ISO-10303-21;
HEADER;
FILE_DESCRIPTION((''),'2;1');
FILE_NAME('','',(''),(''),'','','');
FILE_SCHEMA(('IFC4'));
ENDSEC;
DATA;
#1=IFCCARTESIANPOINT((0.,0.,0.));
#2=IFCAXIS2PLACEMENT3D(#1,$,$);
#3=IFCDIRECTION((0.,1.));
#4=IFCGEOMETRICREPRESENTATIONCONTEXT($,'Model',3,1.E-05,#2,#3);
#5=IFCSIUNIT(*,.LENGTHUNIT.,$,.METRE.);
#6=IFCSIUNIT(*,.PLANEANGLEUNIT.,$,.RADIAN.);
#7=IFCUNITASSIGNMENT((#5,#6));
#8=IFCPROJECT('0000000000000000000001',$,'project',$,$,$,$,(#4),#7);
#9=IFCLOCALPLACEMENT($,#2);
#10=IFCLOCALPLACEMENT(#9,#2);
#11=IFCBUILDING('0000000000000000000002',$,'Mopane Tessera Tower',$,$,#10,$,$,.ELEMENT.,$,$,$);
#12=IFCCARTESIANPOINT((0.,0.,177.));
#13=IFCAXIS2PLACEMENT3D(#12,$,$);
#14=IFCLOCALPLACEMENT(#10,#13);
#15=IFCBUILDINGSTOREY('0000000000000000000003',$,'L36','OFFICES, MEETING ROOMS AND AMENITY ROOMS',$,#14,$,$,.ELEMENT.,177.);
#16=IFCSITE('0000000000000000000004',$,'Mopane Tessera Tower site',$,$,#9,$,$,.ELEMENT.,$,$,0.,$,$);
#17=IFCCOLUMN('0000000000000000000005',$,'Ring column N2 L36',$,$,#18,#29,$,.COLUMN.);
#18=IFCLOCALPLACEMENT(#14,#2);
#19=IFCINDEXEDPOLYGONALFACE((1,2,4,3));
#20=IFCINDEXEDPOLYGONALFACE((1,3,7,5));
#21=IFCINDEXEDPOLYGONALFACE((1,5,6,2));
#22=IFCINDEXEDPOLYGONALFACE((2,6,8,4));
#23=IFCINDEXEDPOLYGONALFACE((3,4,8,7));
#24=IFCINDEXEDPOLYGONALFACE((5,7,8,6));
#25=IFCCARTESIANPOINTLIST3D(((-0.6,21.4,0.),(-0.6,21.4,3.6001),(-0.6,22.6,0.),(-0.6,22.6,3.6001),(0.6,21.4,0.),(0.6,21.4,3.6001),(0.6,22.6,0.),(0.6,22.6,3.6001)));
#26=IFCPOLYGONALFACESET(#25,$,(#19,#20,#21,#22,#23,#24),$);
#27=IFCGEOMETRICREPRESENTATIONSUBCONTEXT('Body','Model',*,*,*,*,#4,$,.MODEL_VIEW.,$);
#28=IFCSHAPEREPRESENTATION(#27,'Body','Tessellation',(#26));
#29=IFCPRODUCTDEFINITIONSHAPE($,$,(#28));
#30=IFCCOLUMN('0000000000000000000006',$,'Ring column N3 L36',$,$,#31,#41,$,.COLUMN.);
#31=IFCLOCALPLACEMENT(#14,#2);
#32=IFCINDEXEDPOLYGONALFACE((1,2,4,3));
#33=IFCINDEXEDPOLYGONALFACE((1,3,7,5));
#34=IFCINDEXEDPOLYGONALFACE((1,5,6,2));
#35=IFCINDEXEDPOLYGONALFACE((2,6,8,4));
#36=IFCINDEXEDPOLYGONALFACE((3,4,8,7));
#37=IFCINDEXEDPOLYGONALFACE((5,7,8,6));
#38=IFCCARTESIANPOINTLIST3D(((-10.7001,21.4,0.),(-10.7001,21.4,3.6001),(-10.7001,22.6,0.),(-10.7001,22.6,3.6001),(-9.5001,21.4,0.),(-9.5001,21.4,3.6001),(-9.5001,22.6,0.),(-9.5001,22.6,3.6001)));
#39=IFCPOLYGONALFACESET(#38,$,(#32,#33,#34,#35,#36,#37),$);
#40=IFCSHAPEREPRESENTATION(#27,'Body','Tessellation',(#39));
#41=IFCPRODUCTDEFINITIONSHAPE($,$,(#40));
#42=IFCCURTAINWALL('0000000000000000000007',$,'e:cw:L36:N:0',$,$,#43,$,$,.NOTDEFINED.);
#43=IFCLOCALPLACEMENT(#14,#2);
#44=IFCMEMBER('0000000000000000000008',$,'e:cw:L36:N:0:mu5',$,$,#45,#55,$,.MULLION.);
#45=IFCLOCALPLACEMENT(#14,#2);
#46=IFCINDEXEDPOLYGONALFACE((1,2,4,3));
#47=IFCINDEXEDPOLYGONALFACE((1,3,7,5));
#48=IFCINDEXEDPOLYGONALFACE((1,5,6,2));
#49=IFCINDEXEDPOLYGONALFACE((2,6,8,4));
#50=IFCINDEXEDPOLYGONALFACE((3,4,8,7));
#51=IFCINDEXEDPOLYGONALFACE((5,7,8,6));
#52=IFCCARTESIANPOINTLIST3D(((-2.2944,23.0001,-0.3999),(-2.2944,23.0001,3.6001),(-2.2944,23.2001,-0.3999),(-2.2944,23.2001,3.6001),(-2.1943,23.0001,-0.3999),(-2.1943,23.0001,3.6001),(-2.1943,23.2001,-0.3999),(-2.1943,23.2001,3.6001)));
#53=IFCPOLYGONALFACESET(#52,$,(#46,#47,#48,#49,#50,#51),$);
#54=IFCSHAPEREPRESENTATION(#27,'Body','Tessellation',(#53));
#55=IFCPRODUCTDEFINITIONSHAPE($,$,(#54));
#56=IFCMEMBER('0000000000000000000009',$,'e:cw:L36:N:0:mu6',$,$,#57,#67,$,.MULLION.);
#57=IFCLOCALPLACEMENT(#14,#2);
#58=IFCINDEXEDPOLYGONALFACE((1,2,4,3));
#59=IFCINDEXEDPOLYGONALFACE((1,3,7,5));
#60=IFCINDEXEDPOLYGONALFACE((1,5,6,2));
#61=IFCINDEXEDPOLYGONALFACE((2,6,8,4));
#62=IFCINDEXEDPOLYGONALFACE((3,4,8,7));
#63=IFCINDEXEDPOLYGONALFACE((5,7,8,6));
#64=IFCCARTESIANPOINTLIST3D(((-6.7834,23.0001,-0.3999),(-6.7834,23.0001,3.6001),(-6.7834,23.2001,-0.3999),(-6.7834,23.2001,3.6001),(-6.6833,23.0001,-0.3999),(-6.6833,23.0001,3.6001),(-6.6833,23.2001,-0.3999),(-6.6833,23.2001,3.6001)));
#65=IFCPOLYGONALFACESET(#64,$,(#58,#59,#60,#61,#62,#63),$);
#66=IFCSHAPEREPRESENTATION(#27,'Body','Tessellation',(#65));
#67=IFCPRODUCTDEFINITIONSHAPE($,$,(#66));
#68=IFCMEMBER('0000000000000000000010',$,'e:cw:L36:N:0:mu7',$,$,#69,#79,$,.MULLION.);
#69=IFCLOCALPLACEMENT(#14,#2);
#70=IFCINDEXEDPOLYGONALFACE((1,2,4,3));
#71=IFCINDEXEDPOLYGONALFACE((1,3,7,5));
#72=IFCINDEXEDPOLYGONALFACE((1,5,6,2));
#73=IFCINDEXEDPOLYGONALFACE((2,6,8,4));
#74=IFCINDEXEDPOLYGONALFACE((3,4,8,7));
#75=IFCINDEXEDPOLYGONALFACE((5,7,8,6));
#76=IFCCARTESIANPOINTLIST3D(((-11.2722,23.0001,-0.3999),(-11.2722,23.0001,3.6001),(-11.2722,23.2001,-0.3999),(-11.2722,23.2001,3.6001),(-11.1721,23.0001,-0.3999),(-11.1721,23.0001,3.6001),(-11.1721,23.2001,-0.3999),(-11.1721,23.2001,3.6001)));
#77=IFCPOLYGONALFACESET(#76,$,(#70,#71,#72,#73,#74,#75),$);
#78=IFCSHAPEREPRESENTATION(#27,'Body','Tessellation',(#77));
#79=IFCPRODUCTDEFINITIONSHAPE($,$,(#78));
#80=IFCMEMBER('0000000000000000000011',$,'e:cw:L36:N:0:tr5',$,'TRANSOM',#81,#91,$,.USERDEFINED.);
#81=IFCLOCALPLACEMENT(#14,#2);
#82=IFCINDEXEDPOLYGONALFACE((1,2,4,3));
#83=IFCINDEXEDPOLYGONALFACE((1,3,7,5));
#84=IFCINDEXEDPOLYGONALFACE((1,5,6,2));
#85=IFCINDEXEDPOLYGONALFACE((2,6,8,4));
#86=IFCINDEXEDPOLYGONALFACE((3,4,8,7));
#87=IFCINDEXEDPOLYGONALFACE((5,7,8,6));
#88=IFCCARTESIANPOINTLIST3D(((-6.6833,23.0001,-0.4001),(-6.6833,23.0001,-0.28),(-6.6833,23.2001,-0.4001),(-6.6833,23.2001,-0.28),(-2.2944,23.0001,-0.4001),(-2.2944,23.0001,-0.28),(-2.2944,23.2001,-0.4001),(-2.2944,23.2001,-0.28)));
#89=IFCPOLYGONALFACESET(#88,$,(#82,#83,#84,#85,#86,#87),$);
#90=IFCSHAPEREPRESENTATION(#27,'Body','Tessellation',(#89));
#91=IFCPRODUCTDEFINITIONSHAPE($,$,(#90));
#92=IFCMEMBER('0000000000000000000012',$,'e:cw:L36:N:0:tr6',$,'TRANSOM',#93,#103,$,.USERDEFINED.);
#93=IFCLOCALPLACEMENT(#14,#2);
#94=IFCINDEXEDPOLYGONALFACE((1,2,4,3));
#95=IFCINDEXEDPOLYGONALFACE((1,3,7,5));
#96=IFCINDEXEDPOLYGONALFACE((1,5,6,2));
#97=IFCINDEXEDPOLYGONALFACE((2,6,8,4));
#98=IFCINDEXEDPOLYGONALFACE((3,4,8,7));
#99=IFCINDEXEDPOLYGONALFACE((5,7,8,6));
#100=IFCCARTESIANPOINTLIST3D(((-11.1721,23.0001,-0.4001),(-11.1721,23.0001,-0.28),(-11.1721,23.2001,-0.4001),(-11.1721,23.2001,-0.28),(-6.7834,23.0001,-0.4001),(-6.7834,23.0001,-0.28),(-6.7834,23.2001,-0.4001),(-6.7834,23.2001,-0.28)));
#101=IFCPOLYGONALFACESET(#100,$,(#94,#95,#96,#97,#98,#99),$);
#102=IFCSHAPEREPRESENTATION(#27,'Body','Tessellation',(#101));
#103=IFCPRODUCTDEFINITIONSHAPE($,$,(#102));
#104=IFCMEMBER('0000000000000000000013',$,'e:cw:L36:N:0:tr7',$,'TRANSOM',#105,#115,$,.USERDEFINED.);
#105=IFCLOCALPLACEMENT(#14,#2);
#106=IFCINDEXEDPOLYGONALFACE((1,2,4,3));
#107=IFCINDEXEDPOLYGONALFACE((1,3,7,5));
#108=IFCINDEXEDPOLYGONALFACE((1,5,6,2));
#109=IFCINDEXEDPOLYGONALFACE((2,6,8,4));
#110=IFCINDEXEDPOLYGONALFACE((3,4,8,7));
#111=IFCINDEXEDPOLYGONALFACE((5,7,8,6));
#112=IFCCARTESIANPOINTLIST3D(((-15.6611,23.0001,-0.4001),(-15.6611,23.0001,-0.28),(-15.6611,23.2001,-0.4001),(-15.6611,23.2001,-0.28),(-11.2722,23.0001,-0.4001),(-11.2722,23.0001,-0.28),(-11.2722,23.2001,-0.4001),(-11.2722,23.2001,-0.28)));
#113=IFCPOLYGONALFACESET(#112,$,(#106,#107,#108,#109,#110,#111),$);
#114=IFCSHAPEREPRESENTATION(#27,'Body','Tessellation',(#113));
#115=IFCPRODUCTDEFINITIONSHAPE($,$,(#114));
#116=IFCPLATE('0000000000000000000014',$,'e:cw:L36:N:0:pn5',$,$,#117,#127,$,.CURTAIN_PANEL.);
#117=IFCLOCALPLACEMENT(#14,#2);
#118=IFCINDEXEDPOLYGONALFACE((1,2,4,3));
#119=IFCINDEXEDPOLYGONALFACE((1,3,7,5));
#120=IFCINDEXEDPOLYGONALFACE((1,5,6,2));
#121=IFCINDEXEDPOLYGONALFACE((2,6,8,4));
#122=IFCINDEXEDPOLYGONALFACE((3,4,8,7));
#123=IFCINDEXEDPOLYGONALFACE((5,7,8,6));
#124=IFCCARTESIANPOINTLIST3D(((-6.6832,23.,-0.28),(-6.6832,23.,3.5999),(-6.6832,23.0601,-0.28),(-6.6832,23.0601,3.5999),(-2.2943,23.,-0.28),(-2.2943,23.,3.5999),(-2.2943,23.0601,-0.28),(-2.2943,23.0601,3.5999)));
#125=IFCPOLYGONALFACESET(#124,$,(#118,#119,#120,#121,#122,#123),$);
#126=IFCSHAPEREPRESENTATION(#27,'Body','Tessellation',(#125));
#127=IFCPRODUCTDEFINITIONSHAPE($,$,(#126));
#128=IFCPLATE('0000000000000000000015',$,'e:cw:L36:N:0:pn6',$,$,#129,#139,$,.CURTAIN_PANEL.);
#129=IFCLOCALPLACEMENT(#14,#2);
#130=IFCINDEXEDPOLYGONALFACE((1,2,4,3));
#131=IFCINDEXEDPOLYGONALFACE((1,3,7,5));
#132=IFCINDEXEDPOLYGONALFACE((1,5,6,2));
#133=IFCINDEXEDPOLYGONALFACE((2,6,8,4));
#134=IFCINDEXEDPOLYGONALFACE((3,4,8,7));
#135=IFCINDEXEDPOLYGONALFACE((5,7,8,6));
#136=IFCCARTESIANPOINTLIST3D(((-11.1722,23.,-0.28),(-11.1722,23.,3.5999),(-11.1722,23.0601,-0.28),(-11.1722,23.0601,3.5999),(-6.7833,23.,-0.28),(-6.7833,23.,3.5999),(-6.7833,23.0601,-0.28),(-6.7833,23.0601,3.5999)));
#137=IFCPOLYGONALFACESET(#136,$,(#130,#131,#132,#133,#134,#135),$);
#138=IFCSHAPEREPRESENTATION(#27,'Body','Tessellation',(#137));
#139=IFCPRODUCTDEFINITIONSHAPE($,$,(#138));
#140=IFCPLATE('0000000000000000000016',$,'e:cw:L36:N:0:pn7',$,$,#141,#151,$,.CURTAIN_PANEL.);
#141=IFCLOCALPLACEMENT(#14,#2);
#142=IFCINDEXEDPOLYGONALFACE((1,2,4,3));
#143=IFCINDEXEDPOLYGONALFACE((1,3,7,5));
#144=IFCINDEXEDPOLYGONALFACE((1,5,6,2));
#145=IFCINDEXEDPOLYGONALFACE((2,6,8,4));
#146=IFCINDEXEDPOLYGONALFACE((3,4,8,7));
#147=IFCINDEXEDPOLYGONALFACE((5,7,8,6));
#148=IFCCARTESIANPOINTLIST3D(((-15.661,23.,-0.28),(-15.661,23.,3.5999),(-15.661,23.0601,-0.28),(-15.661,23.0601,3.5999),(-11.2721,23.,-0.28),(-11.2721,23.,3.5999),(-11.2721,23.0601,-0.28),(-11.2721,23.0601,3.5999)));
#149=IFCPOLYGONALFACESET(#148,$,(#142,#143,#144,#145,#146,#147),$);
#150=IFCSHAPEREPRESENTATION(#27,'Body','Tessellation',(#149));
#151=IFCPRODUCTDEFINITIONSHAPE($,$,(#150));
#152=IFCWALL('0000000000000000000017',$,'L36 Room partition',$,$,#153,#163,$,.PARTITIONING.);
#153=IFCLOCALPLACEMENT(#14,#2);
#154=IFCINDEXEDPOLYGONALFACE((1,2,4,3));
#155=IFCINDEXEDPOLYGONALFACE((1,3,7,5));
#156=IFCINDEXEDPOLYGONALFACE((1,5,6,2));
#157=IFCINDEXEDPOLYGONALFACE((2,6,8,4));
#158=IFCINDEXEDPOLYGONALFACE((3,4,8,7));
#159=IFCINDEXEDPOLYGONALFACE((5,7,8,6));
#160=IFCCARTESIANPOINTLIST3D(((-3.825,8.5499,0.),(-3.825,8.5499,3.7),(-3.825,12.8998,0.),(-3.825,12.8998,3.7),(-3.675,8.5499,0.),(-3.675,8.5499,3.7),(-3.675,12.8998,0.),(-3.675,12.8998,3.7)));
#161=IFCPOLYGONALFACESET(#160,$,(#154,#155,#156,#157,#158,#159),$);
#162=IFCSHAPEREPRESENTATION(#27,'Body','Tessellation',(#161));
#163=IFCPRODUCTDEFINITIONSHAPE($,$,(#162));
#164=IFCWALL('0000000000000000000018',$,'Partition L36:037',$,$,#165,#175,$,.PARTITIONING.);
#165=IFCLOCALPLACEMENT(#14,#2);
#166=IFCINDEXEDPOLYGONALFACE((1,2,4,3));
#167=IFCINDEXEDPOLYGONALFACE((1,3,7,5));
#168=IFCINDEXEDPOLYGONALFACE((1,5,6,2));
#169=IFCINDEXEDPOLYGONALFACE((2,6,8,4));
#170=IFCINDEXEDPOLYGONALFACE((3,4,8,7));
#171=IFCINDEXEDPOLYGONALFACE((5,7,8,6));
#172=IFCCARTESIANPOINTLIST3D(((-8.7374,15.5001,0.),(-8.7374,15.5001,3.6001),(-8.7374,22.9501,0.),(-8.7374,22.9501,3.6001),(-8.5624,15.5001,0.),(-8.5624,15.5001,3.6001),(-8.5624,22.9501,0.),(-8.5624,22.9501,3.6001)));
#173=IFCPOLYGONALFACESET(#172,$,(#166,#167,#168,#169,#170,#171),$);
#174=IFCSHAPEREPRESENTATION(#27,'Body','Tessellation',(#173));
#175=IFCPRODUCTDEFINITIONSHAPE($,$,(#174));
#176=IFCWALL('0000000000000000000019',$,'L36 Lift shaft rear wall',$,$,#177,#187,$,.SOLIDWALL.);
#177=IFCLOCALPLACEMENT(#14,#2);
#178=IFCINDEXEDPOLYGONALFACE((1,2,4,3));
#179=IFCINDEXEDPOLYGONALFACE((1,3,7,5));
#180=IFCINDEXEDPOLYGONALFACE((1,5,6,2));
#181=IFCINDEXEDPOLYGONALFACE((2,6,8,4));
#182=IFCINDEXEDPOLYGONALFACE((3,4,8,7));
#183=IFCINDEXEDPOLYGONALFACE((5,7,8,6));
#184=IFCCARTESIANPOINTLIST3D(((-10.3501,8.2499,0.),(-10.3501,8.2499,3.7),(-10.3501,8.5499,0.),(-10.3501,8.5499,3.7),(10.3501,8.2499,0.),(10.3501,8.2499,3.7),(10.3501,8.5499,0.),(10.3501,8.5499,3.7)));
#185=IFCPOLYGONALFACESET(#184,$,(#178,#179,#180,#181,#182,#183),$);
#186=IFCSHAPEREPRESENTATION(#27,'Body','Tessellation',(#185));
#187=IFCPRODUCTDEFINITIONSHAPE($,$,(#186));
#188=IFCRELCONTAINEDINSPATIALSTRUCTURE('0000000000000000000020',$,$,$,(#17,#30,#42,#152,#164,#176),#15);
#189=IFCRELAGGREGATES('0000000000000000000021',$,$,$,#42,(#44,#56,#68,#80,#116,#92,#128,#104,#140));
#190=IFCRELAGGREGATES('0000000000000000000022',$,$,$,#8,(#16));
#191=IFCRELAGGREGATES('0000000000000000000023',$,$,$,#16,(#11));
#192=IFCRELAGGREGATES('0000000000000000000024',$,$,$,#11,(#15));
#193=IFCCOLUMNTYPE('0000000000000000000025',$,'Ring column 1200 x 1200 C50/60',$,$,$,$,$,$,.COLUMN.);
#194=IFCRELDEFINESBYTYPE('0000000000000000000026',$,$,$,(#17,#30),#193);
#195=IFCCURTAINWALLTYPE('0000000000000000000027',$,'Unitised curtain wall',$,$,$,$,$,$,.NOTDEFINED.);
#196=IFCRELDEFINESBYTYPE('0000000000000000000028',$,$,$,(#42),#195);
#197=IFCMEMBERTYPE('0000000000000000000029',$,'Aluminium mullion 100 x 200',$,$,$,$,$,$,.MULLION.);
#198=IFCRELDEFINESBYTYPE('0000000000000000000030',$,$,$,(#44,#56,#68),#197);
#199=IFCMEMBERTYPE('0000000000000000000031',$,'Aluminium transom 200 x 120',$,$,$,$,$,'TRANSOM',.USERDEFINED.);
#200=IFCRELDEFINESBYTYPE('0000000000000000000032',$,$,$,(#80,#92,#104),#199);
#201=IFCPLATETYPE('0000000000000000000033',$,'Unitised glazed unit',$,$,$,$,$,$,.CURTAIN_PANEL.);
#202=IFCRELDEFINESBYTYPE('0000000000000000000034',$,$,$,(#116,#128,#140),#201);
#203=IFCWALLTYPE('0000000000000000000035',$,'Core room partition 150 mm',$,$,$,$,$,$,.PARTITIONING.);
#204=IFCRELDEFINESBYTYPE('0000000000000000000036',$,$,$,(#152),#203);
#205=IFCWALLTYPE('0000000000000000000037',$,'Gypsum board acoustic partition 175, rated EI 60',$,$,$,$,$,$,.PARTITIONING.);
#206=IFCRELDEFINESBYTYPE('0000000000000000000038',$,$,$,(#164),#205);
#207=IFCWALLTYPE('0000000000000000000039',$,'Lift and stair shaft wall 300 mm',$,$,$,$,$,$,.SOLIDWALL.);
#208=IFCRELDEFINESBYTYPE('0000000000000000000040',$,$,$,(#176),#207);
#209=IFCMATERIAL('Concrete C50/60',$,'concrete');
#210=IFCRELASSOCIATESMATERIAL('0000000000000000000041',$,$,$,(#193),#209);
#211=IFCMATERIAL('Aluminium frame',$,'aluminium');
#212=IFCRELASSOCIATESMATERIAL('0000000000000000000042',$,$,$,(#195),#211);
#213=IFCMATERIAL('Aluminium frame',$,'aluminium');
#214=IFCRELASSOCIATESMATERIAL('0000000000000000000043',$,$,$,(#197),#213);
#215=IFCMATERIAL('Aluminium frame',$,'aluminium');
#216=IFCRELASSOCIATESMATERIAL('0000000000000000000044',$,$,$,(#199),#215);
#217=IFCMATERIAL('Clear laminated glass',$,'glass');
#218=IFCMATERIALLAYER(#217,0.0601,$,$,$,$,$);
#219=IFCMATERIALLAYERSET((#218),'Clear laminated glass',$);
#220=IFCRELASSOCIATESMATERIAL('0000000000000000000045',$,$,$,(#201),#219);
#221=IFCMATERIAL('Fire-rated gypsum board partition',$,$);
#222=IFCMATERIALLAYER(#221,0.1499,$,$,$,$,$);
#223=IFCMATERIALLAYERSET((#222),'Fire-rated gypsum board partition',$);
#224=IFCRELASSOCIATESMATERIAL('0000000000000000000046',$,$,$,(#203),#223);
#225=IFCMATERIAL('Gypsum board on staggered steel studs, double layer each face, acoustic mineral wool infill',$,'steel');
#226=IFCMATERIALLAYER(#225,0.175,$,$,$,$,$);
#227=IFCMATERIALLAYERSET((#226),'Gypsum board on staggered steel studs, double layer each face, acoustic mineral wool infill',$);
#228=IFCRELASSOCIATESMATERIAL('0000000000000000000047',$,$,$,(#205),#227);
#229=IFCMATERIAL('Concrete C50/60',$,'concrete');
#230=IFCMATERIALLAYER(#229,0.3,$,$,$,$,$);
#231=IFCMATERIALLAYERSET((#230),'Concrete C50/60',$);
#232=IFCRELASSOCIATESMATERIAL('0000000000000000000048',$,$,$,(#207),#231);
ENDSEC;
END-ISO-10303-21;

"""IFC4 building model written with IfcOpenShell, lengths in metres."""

from ifc_helpers import new_model, si_unit, direction, frame, frame_2d, origin, origin_2d, place, context, subcontext, project, spatial, rectangle, extrude, material, layer, layer_set, material_profile, profile_set, type_object, element, aggregate, save


model = new_model("IFC4")

# Units and contexts
model_context = context("Model", 3, precision=1e-05, world=origin(), true_north=direction((0.0, 1.0)))
body_context = subcontext(model_context, "Body", "Model", "MODEL_VIEW")
ifc_project = project(units=[si_unit("LENGTHUNIT", "METRE"), si_unit("PLANEANGLEUNIT", "RADIAN")], contexts=[model_context])

# Site, building, storey
site_placement = place(None, origin())
site = spatial("IfcSite", under=ifc_project, at=site_placement, Name="Mopane Tessera Tower site", CompositionType="ELEMENT", RefElevation=0.0)
building_placement = place(site_placement, origin())
building = spatial("IfcBuilding", under=site, at=building_placement, Name="Mopane Tessera Tower", CompositionType="ELEMENT")
storey_placement = place(building_placement, frame((0.0, 0.0, 177.0)))
storey = spatial("IfcBuildingStorey", under=building, at=storey_placement, Name="L36", Description="OFFICES, MEETING ROOMS AND AMENITY ROOMS", CompositionType="ELEMENT", Elevation=177.0)

# Columns
ifc_material_1 = material(Name="Concrete C50/60", Category="concrete")
ifc_material_profile_1 = material_profile(ifc_material_1, rectangle(XDim=1.2, YDim=1.2, at=origin_2d()))
ifc_profile_set_1 = profile_set([ifc_material_profile_1], Name="Concrete C50/60")
column_type = type_object("IfcColumnType", Name="Ring column 1200 x 1200 C50/60", PredefinedType="COLUMN", material=ifc_profile_set_1)
for number, where, z_axis, x_axis, name in (
    (1, (0.0, 22.0, 0.0), (0.0, 0.0, 1.0), (1.0, 0.0, 0.0), "Ring column N2 L36"),
    (2, (-10.1001, 22.0, 0.0), (0.0, 0.0, 1.0), (1.0, 0.0, 0.0), "Ring column N3 L36"),
):
    element("IfcColumn", number, at=place(storey_placement, frame(where, z_axis=z_axis, x_axis=x_axis)), inside=storey, type_object=column_type, Name=name, PredefinedType="COLUMN", context=body_context, shape_type="SweptSolid", body=[
        extrude(rectangle(XDim=1.2, YDim=1.2, at=origin_2d()), origin(), (0.0, 0.0, 1.0), 3.6001),
    ])

# Curtain wall, members, plates
ifc_material_2 = material(Name="Aluminium frame", Category="aluminium")
curtain_wall_type = type_object("IfcCurtainWallType", Name="Unitised curtain wall", PredefinedType="NOTDEFINED", material=ifc_material_2)
curtain_wall_placement = place(storey_placement, origin())
curtain_wall = element("IfcCurtainWall", 3, at=curtain_wall_placement, inside=storey, type_object=curtain_wall_type, Name="e:cw:L36:N:0", PredefinedType="NOTDEFINED")
ifc_material_3 = material(Name="Aluminium frame", Category="aluminium")
ifc_material_profile_2 = material_profile(ifc_material_3, rectangle(XDim=0.1001, YDim=0.2, at=origin_2d()))
ifc_profile_set_2 = profile_set([ifc_material_profile_2], Name="Aluminium frame")
member_type_1 = type_object("IfcMemberType", Name="Aluminium mullion 100 x 200", PredefinedType="MULLION", material=ifc_profile_set_2)
member_1_placement = place(storey_placement, frame((-2.2444, 23.1001, -0.3999), z_axis=(0.0, 0.0, 1.0), x_axis=(-1.0, 0.0, 0.0)))
member_1 = element("IfcMember", 4, at=member_1_placement, type_object=member_type_1, Name="e:cw:L36:N:0:mu5", PredefinedType="MULLION", context=body_context, shape_type="SweptSolid", body=[
    extrude(rectangle(XDim=0.1001, YDim=0.2, at=origin_2d()), origin(), (0.0, 0.0, 1.0), 4.0),
])
member_2_placement = place(storey_placement, frame((-6.7334, 23.1001, -0.3999), z_axis=(0.0, 0.0, 1.0), x_axis=(-1.0, 0.0, 0.0)))
member_2 = element("IfcMember", 5, at=member_2_placement, type_object=member_type_1, Name="e:cw:L36:N:0:mu6", PredefinedType="MULLION", context=body_context, shape_type="SweptSolid", body=[
    extrude(rectangle(XDim=0.1001, YDim=0.2, at=origin_2d()), origin(), (0.0, 0.0, 1.0), 4.0),
])
member_3_placement = place(storey_placement, frame((-11.2222, 23.1001, -0.3999), z_axis=(0.0, 0.0, 1.0), x_axis=(-1.0, 0.0, 0.0)))
member_3 = element("IfcMember", 6, at=member_3_placement, type_object=member_type_1, Name="e:cw:L36:N:0:mu7", PredefinedType="MULLION", context=body_context, shape_type="SweptSolid", body=[
    extrude(rectangle(XDim=0.1001, YDim=0.2, at=origin_2d()), origin(), (0.0, 0.0, 1.0), 4.0),
])
ifc_material_4 = material(Name="Aluminium frame", Category="aluminium")
ifc_material_profile_3 = material_profile(ifc_material_4, rectangle(XDim=0.2, YDim=0.1201, at=origin_2d()))
ifc_profile_set_3 = profile_set([ifc_material_profile_3], Name="Aluminium frame")
member_type_2 = type_object("IfcMemberType", Name="Aluminium transom 200 x 120", ElementType="TRANSOM", PredefinedType="USERDEFINED", material=ifc_profile_set_3)
member_4_placement = place(storey_placement, frame((-2.2944, 23.1001, -0.3401), z_axis=(-1.0, 0.0, 0.0), x_axis=(0.0, -1.0, 0.0)))
member_4 = element("IfcMember", 7, at=member_4_placement, type_object=member_type_2, Name="e:cw:L36:N:0:tr5", ObjectType="TRANSOM", PredefinedType="USERDEFINED", context=body_context, shape_type="SweptSolid", body=[
    extrude(rectangle(XDim=0.2, YDim=0.1201, at=origin_2d()), origin(), (0.0, 0.0, 1.0), 4.3889),
])
member_5_placement = place(storey_placement, frame((-6.7834, 23.1001, -0.3401), z_axis=(-1.0, 0.0, 0.0), x_axis=(0.0, -1.0, 0.0)))
member_5 = element("IfcMember", 8, at=member_5_placement, type_object=member_type_2, Name="e:cw:L36:N:0:tr6", ObjectType="TRANSOM", PredefinedType="USERDEFINED", context=body_context, shape_type="SweptSolid", body=[
    extrude(rectangle(XDim=0.2, YDim=0.1201, at=origin_2d()), origin(), (0.0, 0.0, 1.0), 4.3887),
])
member_6_placement = place(storey_placement, frame((-11.2722, 23.1001, -0.3401), z_axis=(-1.0, 0.0, 0.0), x_axis=(0.0, -1.0, 0.0)))
member_6 = element("IfcMember", 9, at=member_6_placement, type_object=member_type_2, Name="e:cw:L36:N:0:tr7", ObjectType="TRANSOM", PredefinedType="USERDEFINED", context=body_context, shape_type="SweptSolid", body=[
    extrude(rectangle(XDim=0.2, YDim=0.1201, at=origin_2d()), origin(), (0.0, 0.0, 1.0), 4.3889),
])
ifc_material_5 = material(Name="Clear laminated glass", Category="glass")
ifc_layer_1 = layer(ifc_material_5, 0.0601)
ifc_layer_set_1 = layer_set([ifc_layer_1], Name="Clear laminated glass")
plate_type = type_object("IfcPlateType", Name="Unitised glazed unit", PredefinedType="CURTAIN_PANEL", material=ifc_layer_set_1)
plate_1_placement = place(storey_placement, frame((-4.4888, 23.03, -0.28), z_axis=(0.0, 0.0, 1.0), x_axis=(-1.0, 0.0, 0.0)))
plate_1 = element("IfcPlate", 10, at=plate_1_placement, type_object=plate_type, Name="e:cw:L36:N:0:pn5", PredefinedType="CURTAIN_PANEL", context=body_context, shape_type="SweptSolid", body=[
    extrude(rectangle(XDim=4.3889, YDim=0.0601, at=origin_2d()), origin(), (0.0, 0.0, 1.0), 3.8799),
])
plate_2_placement = place(storey_placement, frame((-8.9778, 23.03, -0.28), z_axis=(0.0, 0.0, 1.0), x_axis=(-1.0, 0.0, 0.0)))
plate_2 = element("IfcPlate", 11, at=plate_2_placement, type_object=plate_type, Name="e:cw:L36:N:0:pn6", PredefinedType="CURTAIN_PANEL", context=body_context, shape_type="SweptSolid", body=[
    extrude(rectangle(XDim=4.3889, YDim=0.0601, at=origin_2d()), origin(), (0.0, 0.0, 1.0), 3.8799),
])
plate_3_placement = place(storey_placement, frame((-13.4666, 23.03, -0.28), z_axis=(0.0, 0.0, 1.0), x_axis=(-1.0, 0.0, 0.0)))
plate_3 = element("IfcPlate", 12, at=plate_3_placement, type_object=plate_type, Name="e:cw:L36:N:0:pn7", PredefinedType="CURTAIN_PANEL", context=body_context, shape_type="SweptSolid", body=[
    extrude(rectangle(XDim=4.3889, YDim=0.0601, at=origin_2d()), origin(), (0.0, 0.0, 1.0), 3.8799),
])
aggregate(curtain_wall, [member_1, member_2, member_3, member_4, plate_1, member_5, plate_2, member_6, plate_3])

# Walls
ifc_material_6 = material(Name="Fire-rated gypsum board partition")
ifc_layer_2 = layer(ifc_material_6, 0.1499)
ifc_layer_set_2 = layer_set([ifc_layer_2], Name="Fire-rated gypsum board partition")
wall_type_1 = type_object("IfcWallType", Name="Core room partition 150 mm", PredefinedType="PARTITIONING", material=ifc_layer_set_2)
wall_1_placement = place(storey_placement, frame((-3.75, 8.55, 0.0), z_axis=(0.0, 0.0, 1.0), x_axis=(0.0, 1.0, 0.0)))
element("IfcWall", 13, at=wall_1_placement, inside=storey, type_object=wall_type_1, Name="L36 Room partition", PredefinedType="PARTITIONING", context=body_context, shape_type="SweptSolid", body=[
    extrude(rectangle(XDim=4.3499, YDim=0.1499, at=frame_2d((2.1748, 0.0))), origin(), (0.0, 0.0, 1.0), 3.7),
])
ifc_material_7 = material(Name="Gypsum board on staggered steel studs, double layer each face, acoustic mineral wool infill", Category="steel")
ifc_layer_3 = layer(ifc_material_7, 0.175)
ifc_layer_set_3 = layer_set([ifc_layer_3], Name="Gypsum board on staggered steel studs, double layer each face, acoustic mineral wool infill")
wall_type_2 = type_object("IfcWallType", Name="Gypsum board acoustic partition 175, rated EI 60", PredefinedType="PARTITIONING", material=ifc_layer_set_3)
wall_2_placement = place(storey_placement, frame((-8.6499, 15.5, 0.0), z_axis=(0.0, 0.0, 1.0), x_axis=(0.0, 1.0, 0.0)))
element("IfcWall", 14, at=wall_2_placement, inside=storey, type_object=wall_type_2, Name="Partition L36:037", PredefinedType="PARTITIONING", context=body_context, shape_type="SweptSolid", body=[
    extrude(rectangle(XDim=7.45, YDim=0.175, at=frame_2d((3.7251, 0.0))), origin(), (0.0, 0.0, 1.0), 3.6001),
])
ifc_material_8 = material(Name="Concrete C50/60", Category="concrete")
ifc_layer_4 = layer(ifc_material_8, 0.3)
ifc_layer_set_4 = layer_set([ifc_layer_4], Name="Concrete C50/60")
wall_type_3 = type_object("IfcWallType", Name="Lift and stair shaft wall 300 mm", PredefinedType="SOLIDWALL", material=ifc_layer_set_4)
wall_3_placement = place(storey_placement, frame((-10.3501, 8.3999, 0.0), z_axis=(0.0, 0.0, 1.0), x_axis=(1.0, 0.0, 0.0)))
element("IfcWall", 15, at=wall_3_placement, inside=storey, type_object=wall_type_3, Name="L36 Lift shaft rear wall", PredefinedType="SOLIDWALL", context=body_context, shape_type="SweptSolid", body=[
    extrude(rectangle(XDim=20.7002, YDim=0.3, at=frame_2d((10.3501, 0.0))), origin(), (0.0, 0.0, 1.0), 3.7),
])

save(model, "model.ifc")
